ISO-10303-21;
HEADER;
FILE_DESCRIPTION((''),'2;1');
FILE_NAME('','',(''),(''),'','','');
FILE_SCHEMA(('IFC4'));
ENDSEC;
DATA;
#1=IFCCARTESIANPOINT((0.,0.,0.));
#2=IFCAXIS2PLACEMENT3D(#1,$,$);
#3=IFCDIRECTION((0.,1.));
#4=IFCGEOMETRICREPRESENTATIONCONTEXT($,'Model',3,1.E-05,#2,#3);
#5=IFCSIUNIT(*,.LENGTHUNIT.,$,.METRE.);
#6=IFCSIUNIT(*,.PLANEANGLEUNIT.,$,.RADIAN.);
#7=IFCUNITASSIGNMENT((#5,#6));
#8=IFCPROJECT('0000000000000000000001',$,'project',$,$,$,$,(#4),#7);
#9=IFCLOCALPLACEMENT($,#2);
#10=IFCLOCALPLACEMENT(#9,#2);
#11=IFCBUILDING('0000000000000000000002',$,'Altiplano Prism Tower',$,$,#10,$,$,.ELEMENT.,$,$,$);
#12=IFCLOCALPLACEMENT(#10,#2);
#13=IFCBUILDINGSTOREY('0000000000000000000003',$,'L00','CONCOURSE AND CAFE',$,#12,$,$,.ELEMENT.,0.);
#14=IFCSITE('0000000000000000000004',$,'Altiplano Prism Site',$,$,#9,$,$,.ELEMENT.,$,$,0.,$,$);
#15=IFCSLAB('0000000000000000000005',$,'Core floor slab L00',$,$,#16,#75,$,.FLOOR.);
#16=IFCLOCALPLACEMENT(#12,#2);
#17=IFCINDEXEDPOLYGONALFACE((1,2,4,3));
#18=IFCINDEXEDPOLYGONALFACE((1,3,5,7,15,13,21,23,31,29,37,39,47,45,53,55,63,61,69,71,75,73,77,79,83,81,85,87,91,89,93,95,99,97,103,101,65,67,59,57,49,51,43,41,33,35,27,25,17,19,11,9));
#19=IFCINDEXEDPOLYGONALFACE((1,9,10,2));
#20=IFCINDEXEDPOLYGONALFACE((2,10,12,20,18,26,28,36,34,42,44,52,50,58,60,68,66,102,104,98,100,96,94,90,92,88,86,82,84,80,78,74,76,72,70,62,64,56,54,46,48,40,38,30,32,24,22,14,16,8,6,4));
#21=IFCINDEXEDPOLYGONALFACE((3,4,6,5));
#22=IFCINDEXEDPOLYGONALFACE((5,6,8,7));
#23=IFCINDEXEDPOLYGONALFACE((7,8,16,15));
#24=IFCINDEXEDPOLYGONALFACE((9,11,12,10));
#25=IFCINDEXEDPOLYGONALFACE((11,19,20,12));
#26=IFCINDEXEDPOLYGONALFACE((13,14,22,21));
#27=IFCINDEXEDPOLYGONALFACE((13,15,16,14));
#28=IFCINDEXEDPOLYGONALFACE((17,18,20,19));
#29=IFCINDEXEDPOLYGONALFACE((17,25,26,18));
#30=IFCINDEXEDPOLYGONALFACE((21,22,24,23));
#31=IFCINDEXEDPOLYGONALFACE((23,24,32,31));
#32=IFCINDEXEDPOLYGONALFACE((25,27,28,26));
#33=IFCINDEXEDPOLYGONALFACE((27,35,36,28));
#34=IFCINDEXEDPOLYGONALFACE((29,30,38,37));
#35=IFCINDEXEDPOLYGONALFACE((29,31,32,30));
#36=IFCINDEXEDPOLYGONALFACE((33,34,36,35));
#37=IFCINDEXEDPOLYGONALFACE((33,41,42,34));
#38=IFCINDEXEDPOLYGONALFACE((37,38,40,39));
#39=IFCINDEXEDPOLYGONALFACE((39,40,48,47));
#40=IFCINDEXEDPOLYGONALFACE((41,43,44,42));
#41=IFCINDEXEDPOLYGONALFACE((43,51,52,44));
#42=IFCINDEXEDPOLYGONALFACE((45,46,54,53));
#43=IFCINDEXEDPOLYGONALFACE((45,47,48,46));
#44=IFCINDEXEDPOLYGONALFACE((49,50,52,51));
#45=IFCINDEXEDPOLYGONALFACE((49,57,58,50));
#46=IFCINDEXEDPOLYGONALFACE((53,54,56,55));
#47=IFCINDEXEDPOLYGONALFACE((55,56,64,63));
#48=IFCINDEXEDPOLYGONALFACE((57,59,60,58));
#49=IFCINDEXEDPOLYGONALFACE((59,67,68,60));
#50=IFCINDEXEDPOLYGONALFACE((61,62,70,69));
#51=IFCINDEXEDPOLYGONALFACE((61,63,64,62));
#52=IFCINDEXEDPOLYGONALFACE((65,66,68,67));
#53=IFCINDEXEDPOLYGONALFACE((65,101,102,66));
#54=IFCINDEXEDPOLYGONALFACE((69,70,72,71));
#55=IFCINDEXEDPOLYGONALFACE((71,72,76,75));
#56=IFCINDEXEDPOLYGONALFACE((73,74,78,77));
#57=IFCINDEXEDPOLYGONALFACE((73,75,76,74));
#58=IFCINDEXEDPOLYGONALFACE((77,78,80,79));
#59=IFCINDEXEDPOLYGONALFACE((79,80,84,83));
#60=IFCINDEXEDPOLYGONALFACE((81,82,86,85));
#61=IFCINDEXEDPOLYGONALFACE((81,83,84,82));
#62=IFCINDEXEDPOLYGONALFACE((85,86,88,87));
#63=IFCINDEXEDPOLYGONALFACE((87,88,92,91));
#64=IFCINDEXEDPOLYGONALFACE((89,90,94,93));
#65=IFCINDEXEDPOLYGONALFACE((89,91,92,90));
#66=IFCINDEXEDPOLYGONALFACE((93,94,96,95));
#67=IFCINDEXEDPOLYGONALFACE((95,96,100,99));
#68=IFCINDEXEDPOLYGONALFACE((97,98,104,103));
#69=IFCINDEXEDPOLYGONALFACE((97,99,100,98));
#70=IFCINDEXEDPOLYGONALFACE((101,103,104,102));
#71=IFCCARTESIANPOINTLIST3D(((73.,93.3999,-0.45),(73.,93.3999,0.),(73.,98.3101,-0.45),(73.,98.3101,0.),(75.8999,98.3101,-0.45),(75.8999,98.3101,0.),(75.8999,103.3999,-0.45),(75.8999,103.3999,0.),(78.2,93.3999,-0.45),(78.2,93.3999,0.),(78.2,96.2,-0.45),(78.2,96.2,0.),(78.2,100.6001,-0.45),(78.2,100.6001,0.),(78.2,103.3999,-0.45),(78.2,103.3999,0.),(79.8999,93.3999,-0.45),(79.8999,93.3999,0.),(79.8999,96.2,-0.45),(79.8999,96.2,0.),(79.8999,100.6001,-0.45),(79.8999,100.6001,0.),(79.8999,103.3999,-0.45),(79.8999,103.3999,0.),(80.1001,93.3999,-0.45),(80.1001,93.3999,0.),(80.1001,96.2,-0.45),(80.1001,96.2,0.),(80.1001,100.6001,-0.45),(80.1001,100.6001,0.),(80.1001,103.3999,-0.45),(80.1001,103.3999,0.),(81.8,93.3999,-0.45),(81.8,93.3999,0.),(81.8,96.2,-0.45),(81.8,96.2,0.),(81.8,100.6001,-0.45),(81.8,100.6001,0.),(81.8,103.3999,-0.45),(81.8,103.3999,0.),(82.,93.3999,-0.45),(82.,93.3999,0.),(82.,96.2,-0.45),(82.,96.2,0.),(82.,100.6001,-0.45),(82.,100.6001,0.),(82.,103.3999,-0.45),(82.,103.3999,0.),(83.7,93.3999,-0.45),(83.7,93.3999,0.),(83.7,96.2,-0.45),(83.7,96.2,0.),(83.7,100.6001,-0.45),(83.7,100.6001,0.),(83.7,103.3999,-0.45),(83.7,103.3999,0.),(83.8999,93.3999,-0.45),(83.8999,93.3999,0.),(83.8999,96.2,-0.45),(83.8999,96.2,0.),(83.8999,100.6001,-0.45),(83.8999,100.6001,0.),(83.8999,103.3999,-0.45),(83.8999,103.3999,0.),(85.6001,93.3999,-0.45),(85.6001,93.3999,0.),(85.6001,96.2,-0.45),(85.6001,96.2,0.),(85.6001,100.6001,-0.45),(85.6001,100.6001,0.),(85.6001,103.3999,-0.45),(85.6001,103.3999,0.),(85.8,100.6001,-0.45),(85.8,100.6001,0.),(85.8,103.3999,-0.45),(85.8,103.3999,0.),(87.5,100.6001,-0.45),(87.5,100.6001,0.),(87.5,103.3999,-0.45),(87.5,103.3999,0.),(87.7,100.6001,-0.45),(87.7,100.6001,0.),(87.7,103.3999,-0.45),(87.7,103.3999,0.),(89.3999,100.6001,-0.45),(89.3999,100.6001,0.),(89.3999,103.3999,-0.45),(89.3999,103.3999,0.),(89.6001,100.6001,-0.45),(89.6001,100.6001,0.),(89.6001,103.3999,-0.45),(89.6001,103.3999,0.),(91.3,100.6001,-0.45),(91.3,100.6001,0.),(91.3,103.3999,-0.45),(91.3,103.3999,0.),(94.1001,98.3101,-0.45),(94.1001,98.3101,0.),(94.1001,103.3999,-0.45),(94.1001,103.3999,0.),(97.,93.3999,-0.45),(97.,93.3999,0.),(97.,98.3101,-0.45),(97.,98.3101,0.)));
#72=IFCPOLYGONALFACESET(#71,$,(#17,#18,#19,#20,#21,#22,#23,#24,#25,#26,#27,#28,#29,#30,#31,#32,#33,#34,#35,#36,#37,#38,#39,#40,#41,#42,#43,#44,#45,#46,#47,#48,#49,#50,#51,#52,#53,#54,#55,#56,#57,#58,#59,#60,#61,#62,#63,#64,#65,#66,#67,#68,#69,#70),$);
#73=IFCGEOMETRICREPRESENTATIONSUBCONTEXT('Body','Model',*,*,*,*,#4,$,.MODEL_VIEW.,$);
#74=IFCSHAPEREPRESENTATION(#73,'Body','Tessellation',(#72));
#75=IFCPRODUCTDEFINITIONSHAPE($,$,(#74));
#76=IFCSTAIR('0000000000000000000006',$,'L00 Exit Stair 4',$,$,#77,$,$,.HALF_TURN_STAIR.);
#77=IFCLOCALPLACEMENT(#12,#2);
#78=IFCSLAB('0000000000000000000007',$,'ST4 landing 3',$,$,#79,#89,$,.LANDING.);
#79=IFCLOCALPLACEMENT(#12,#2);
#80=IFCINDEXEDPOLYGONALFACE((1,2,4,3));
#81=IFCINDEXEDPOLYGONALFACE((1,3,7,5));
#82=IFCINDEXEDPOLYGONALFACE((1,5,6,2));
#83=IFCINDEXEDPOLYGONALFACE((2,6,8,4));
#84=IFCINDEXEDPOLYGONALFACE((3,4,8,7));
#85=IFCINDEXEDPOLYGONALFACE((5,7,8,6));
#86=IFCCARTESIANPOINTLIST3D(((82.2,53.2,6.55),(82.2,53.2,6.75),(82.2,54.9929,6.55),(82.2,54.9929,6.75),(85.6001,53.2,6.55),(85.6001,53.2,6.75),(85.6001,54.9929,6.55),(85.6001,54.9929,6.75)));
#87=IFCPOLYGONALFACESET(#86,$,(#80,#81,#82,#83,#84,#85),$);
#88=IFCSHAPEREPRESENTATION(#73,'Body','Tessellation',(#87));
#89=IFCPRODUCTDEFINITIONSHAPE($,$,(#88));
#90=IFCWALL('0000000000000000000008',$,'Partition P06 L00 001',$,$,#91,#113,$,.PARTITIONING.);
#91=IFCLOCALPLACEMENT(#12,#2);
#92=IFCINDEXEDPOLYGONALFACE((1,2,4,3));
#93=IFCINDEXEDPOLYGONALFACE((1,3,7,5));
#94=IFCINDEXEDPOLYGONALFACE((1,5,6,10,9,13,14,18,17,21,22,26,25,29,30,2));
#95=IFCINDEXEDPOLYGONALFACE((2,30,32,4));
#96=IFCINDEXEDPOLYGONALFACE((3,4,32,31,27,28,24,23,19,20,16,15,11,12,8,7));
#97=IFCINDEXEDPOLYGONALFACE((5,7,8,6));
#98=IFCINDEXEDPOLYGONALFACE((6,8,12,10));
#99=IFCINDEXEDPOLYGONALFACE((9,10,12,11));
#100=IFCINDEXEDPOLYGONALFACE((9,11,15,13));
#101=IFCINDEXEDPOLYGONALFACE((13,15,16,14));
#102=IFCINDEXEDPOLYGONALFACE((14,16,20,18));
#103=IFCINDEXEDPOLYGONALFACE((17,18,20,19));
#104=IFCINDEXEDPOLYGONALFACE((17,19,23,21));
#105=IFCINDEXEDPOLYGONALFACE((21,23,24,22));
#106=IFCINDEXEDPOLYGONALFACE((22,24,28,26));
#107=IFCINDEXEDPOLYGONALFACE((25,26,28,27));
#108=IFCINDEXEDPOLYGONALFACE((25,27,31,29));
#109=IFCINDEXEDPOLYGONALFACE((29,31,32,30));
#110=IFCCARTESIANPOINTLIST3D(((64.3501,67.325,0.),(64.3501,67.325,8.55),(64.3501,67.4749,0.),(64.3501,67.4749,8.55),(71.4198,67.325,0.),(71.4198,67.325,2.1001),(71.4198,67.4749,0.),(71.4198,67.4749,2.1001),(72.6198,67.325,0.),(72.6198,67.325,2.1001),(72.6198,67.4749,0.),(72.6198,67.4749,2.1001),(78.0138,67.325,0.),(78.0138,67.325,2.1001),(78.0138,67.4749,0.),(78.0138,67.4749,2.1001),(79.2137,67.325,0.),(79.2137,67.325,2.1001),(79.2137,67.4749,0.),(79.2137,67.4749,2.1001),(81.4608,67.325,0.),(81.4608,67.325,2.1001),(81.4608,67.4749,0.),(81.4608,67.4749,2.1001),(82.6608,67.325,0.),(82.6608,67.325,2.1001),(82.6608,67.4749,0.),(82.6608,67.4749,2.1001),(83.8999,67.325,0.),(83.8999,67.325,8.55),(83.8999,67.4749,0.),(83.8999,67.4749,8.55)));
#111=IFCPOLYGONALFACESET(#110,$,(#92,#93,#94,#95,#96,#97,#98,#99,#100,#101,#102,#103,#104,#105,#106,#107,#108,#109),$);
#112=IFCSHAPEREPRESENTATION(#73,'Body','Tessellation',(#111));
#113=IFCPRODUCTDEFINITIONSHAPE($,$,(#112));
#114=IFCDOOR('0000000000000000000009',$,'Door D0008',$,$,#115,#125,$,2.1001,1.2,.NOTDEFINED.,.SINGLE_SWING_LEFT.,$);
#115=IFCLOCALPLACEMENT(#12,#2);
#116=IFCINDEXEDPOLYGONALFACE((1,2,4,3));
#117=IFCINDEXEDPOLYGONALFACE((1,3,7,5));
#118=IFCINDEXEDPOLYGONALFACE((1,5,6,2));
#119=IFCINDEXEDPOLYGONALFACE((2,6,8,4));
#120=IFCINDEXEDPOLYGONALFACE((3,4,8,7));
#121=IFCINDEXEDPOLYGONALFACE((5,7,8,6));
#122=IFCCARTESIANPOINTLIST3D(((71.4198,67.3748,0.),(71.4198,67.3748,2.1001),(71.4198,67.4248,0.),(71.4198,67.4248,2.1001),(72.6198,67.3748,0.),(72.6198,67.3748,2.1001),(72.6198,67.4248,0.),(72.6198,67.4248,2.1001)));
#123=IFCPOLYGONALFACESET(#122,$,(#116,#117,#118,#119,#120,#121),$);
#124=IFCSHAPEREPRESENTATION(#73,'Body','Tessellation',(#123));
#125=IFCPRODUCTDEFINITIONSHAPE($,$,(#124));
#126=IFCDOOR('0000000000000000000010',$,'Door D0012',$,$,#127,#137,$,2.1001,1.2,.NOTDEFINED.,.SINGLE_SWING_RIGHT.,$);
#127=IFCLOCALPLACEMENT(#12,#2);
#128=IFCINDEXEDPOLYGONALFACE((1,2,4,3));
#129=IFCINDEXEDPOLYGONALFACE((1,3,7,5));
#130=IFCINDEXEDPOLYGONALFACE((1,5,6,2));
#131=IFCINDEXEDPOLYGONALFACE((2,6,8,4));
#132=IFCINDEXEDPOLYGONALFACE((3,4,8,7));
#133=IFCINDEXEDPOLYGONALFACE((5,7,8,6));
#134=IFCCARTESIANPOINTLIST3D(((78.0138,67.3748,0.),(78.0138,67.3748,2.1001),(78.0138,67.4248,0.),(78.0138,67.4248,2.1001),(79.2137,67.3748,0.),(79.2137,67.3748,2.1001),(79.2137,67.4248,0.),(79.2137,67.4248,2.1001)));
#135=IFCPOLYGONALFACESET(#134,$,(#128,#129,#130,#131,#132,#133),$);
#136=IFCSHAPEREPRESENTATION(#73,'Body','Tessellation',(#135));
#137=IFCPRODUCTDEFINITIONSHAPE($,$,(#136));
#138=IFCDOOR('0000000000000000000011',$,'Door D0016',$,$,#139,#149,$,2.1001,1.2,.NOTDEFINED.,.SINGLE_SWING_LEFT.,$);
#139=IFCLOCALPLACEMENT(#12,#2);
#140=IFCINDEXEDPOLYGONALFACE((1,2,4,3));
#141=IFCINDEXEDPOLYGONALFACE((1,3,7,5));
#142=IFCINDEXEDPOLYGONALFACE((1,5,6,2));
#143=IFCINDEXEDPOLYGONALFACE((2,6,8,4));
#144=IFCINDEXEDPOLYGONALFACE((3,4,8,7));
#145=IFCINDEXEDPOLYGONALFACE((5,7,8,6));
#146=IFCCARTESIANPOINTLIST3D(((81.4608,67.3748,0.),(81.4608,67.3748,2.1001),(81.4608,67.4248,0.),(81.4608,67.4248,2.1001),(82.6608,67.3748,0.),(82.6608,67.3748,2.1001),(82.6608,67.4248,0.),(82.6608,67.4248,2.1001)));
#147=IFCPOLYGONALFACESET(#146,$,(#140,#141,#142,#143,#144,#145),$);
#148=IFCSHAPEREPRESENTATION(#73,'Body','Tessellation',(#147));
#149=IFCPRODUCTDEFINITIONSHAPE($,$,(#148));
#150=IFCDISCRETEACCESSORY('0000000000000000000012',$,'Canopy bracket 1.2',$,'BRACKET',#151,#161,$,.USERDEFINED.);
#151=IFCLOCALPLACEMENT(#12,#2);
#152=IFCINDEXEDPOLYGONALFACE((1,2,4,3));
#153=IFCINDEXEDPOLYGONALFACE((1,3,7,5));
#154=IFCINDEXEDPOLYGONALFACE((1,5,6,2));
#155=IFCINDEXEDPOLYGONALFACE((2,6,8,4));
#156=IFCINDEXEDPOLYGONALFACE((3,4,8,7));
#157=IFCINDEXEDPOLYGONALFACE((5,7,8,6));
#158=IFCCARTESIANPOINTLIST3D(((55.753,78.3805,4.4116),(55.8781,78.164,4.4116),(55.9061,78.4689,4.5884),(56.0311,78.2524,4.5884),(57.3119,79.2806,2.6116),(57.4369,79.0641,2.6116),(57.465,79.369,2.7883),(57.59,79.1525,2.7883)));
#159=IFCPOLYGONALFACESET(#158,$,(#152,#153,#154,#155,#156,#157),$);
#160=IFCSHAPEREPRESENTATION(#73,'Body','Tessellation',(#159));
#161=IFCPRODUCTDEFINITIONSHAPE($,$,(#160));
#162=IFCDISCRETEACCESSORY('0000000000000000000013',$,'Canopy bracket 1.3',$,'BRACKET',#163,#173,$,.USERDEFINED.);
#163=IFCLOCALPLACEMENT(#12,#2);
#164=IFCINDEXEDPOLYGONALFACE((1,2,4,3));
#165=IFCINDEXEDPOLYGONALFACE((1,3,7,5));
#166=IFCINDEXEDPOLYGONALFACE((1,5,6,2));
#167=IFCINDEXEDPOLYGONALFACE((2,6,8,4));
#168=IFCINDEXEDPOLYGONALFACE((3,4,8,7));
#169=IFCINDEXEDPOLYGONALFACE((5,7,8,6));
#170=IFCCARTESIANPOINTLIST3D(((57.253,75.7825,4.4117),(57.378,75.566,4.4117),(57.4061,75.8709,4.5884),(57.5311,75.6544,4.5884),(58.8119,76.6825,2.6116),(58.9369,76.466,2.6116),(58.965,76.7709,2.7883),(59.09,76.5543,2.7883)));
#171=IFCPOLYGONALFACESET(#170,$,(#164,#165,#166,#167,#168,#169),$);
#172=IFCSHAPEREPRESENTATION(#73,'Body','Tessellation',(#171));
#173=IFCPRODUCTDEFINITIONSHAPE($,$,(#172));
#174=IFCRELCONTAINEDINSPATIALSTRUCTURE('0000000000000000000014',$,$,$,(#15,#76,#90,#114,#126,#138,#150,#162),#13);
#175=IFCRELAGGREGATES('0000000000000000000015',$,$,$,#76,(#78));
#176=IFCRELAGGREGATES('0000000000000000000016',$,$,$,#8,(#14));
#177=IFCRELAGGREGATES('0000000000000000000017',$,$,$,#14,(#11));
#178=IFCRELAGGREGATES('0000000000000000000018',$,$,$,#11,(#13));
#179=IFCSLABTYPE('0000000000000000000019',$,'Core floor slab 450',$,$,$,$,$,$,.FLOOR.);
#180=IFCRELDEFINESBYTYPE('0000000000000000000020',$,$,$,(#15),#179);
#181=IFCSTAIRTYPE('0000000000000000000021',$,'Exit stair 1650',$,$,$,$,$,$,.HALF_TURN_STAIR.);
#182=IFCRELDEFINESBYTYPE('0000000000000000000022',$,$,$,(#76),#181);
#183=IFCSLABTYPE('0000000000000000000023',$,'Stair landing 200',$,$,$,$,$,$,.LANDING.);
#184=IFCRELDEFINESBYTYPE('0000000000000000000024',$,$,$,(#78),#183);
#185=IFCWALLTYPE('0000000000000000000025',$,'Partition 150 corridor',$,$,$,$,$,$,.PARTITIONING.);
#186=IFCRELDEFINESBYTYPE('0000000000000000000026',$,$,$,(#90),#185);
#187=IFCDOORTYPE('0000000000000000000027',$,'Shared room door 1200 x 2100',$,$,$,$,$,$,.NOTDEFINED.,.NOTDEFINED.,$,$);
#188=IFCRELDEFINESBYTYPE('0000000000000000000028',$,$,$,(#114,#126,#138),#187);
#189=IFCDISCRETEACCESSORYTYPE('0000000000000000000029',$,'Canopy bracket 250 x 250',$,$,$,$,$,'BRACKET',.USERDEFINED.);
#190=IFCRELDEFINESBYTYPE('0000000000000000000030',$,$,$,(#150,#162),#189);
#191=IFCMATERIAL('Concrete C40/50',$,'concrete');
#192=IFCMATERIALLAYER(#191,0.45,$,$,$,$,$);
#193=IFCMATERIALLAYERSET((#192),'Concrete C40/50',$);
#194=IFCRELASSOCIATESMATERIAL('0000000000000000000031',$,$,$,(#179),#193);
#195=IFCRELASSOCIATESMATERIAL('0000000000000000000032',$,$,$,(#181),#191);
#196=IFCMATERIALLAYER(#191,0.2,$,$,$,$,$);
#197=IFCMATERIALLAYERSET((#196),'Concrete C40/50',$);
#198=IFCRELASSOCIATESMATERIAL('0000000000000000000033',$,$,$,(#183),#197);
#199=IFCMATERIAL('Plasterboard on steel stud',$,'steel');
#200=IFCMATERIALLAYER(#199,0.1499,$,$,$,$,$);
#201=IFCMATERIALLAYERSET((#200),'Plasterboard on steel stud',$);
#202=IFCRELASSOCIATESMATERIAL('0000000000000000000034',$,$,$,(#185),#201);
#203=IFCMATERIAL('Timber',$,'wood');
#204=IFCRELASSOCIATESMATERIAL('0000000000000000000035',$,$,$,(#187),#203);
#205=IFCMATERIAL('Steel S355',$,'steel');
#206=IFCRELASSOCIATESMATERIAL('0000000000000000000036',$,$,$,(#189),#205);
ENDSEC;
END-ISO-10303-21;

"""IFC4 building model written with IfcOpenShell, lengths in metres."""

from ifc_helpers import new_model, si_unit, direction, frame, frame_2d, origin, origin_2d, place, context, subcontext, project, spatial, polyline, rectangle, outline, extrude, material, layer, layer_set, material_profile, profile_set, type_object, element, fill, aggregate, save


model = new_model("IFC4")

# Units and contexts
model_context = context("Model", 3, precision=1e-05, world=origin(), true_north=direction((0.0, 1.0)))
body_context = subcontext(model_context, "Body", "Model", "MODEL_VIEW")
ifc_project = project(units=[si_unit("LENGTHUNIT", "METRE"), si_unit("PLANEANGLEUNIT", "RADIAN")], contexts=[model_context])

# Site, building, storey
site_placement = place(None, origin())
site = spatial("IfcSite", under=ifc_project, at=site_placement, Name="Altiplano Prism Site", CompositionType="ELEMENT", RefElevation=0.0)
building_placement = place(site_placement, origin())
building = spatial("IfcBuilding", under=site, at=building_placement, Name="Altiplano Prism Tower", CompositionType="ELEMENT")
storey_placement = place(building_placement, origin())
storey = spatial("IfcBuildingStorey", under=building, at=storey_placement, Name="L00", Description="CONCOURSE AND CAFE", CompositionType="ELEMENT", Elevation=0.0)

# Slab
ifc_material_1 = material(Name="Concrete C40/50", Category="concrete")
ifc_layer_1 = layer(ifc_material_1, 0.45)
ifc_layer_set_1 = layer_set([ifc_layer_1], Name="Concrete C40/50")
slab_type_1 = type_object("IfcSlabType", Name="Core floor slab 450", PredefinedType="FLOOR", material=ifc_layer_set_1)
slab_1_placement = place(storey_placement, frame((0.0, 0.0, -0.45)))
element("IfcSlab", 1, at=slab_1_placement, inside=storey, type_object=slab_type_1, Name="Core floor slab L00", PredefinedType="FLOOR", context=body_context, shape_type="SweptSolid", body=[
    extrude(outline(polyline([(97.0, 98.3101), (94.1001, 98.3101), (94.1001, 103.3999), (91.3, 103.3999), (91.3, 100.6001), (89.6001, 100.6001), (89.6001, 103.3999), (89.3999, 103.3999), (89.3999, 100.6001), (87.7, 100.6001), (87.7, 103.3999), (87.5, 103.3999), (87.5, 100.6001), (85.8, 100.6001), (85.8, 103.3999), (85.6001, 103.3999), (85.6001, 100.6001), (83.8999, 100.6001), (83.8999, 103.3999), (83.7, 103.3999), (83.7, 100.6001), (82.0, 100.6001), (82.0, 103.3999), (81.8, 103.3999), (81.8, 100.6001), (80.1001, 100.6001), (80.1001, 103.3999), (79.8999, 103.3999), (79.8999, 100.6001), (78.2, 100.6001), (78.2, 103.3999), (75.8999, 103.3999), (75.8999, 98.3101), (73.0, 98.3101), (73.0, 93.3999), (78.2, 93.3999), (78.2, 96.2), (79.8999, 96.2), (79.8999, 93.3999), (80.1001, 93.3999), (80.1001, 96.2), (81.8, 96.2), (81.8, 93.3999), (82.0, 93.3999), (82.0, 96.2), (83.7, 96.2), (83.7, 93.3999), (83.8999, 93.3999), (83.8999, 96.2), (85.6001, 96.2), (85.6001, 93.3999), (97.0, 93.3999), (97.0, 98.3101)])), origin(), (0.0, 0.0, 1.0), 0.45),
])

# Stair, slab
stair_type = type_object("IfcStairType", Name="Exit stair 1650", PredefinedType="HALF_TURN_STAIR", material=ifc_material_1)
stair_placement = place(storey_placement, origin())
stair = element("IfcStair", 2, at=stair_placement, inside=storey, type_object=stair_type, Name="L00 Exit Stair 4", PredefinedType="HALF_TURN_STAIR")
ifc_layer_2 = layer(ifc_material_1, 0.2)
ifc_layer_set_2 = layer_set([ifc_layer_2], Name="Concrete C40/50")
slab_type_2 = type_object("IfcSlabType", Name="Stair landing 200", PredefinedType="LANDING", material=ifc_layer_set_2)
slab_2_placement = place(storey_placement, frame((0.0, 0.0, 6.55)))
slab_2 = element("IfcSlab", 3, at=slab_2_placement, type_object=slab_type_2, Name="ST4 landing 3", PredefinedType="LANDING", context=body_context, shape_type="SweptSolid", body=[
    extrude(outline(polyline([(82.2, 54.9929), (82.2, 53.2), (85.6001, 53.2), (85.6001, 54.9929), (82.2, 54.9929)])), origin(), (0.0, 0.0, 1.0), 0.2),
])
aggregate(stair, [slab_2])

# Wall, openings, doors
ifc_material_2 = material(Name="Plasterboard on steel stud", Category="steel")
ifc_layer_3 = layer(ifc_material_2, 0.1499)
ifc_layer_set_3 = layer_set([ifc_layer_3], Name="Plasterboard on steel stud")
wall_type_1 = type_object("IfcWallType", Name="Partition 150 corridor", PredefinedType="PARTITIONING", material=ifc_layer_set_3)
wall_1_placement = place(storey_placement, frame((64.3501, 67.3999, 0.0), z_axis=(0.0, 0.0, 1.0), x_axis=(1.0, 0.0, 0.0)))
wall_1 = element("IfcWall", 4, at=wall_1_placement, inside=storey, type_object=wall_type_1, Name="Partition P06 L00 001", PredefinedType="PARTITIONING", context=body_context, shape_type="SweptSolid", body=[
    extrude(rectangle(XDim=19.5498, YDim=0.1499, at=frame_2d((9.7749, 0.0))), origin(), (0.0, 0.0, 1.0), 8.55),
])
opening_1_placement = place(wall_1_placement, frame((7.0696, 0.0, 0.0)))
opening_1 = element("IfcOpeningElement", 5, at=opening_1_placement, cuts=wall_1, PredefinedType="OPENING", context=body_context, shape_type="SweptSolid", body=[
    extrude(rectangle(XDim=1.2, YDim=2.1001, at=frame_2d((0.6001, 1.05))), frame((0.0, 0.0854, 0.0), z_axis=(0.0, -1.0, 0.0), x_axis=(1.0, 0.0, 0.0)), (0.0, 0.0, 1.0), 0.1709),
])
opening_2_placement = place(wall_1_placement, frame((13.6636, 0.0, 0.0)))
opening_2 = element("IfcOpeningElement", 6, at=opening_2_placement, cuts=wall_1, PredefinedType="OPENING", context=body_context, shape_type="SweptSolid", body=[
    extrude(rectangle(XDim=1.2, YDim=2.1001, at=frame_2d((0.6001, 1.05))), frame((0.0, 0.0854, 0.0), z_axis=(0.0, -1.0, 0.0), x_axis=(1.0, 0.0, 0.0)), (0.0, 0.0, 1.0), 0.1709),
])
opening_3_placement = place(wall_1_placement, frame((17.1106, 0.0, 0.0)))
opening_3 = element("IfcOpeningElement", 7, at=opening_3_placement, cuts=wall_1, PredefinedType="OPENING", context=body_context, shape_type="SweptSolid", body=[
    extrude(rectangle(XDim=1.2, YDim=2.1001, at=frame_2d((0.6001, 1.05))), frame((0.0, 0.0854, 0.0), z_axis=(0.0, -1.0, 0.0), x_axis=(1.0, 0.0, 0.0)), (0.0, 0.0, 1.0), 0.1709),
])
ifc_material_3 = material(Name="Timber", Category="wood")
door_type_1 = type_object("IfcDoorType", Name="Shared room door 1200 x 2100", OperationType="NOTDEFINED", PredefinedType="NOTDEFINED", material=ifc_material_3)
door_1_placement = place(opening_1_placement, origin())
door_1 = element("IfcDoor", 8, at=door_1_placement, inside=storey, type_object=door_type_1, Name="Door D0008", OperationType="SINGLE_SWING_LEFT", OverallHeight=2.1001, OverallWidth=1.2, PredefinedType="NOTDEFINED", context=body_context, shape_type="SweptSolid", body=[
    extrude(rectangle(XDim=1.2, YDim=2.1001, at=frame_2d((0.6001, 1.05))), frame((0.0, 0.0249, 0.0), z_axis=(0.0, -1.0, 0.0), x_axis=(1.0, 0.0, 0.0)), (0.0, 0.0, 1.0), 0.05),
])
fill(opening_1, door_1)
door_2_placement = place(opening_2_placement, origin())
door_2 = element("IfcDoor", 9, at=door_2_placement, inside=storey, type_object=door_type_1, Name="Door D0012", OperationType="SINGLE_SWING_RIGHT", OverallHeight=2.1001, OverallWidth=1.2, PredefinedType="NOTDEFINED", context=body_context, shape_type="SweptSolid", body=[
    extrude(rectangle(XDim=1.2, YDim=2.1001, at=frame_2d((0.6001, 1.05))), frame((0.0, 0.0249, 0.0), z_axis=(0.0, -1.0, 0.0), x_axis=(1.0, 0.0, 0.0)), (0.0, 0.0, 1.0), 0.05),
])
fill(opening_2, door_2)
door_3_placement = place(opening_3_placement, origin())
door_3 = element("IfcDoor", 10, at=door_3_placement, inside=storey, type_object=door_type_1, Name="Door D0016", OperationType="SINGLE_SWING_LEFT", OverallHeight=2.1001, OverallWidth=1.2, PredefinedType="NOTDEFINED", context=body_context, shape_type="SweptSolid", body=[
    extrude(rectangle(XDim=1.2, YDim=2.1001, at=frame_2d((0.6001, 1.05))), frame((0.0, 0.0249, 0.0), z_axis=(0.0, -1.0, 0.0), x_axis=(1.0, 0.0, 0.0)), (0.0, 0.0, 1.0), 0.05),
])
fill(opening_3, door_3)

# Discrete accessories
ifc_material_4 = material(Name="Steel S355", Category="steel")
ifc_material_profile_1 = material_profile(ifc_material_4, rectangle(XDim=0.25, YDim=0.25, at=origin_2d()), Name="Canopy bracket 250 x 250")
ifc_profile_set_1 = profile_set([ifc_material_profile_1], Name="Steel S355")
discrete_accessory_type = type_object("IfcDiscreteAccessoryType", Name="Canopy bracket 250 x 250", ElementType="BRACKET", PredefinedType="USERDEFINED", material=ifc_profile_set_1)
for number, where, z_axis, x_axis, name in (
    (11, (57.4509, 79.2166, 2.7), (-0.61235, -0.3536, 0.707103), (0.500063, -0.865989, 0.0), "Canopy bracket 1.2"),
    (12, (58.9509, 76.6184, 2.7), (-0.612371, -0.353516, 0.707127), (0.499961, -0.866048, 0.0), "Canopy bracket 1.3"),
):
    element("IfcDiscreteAccessory", number, at=place(storey_placement, frame(where, z_axis=z_axis, x_axis=x_axis)), inside=storey, type_object=discrete_accessory_type, Name=name, ObjectType="BRACKET", PredefinedType="USERDEFINED", context=body_context, shape_type="SweptSolid", body=[
        extrude(rectangle(XDim=0.25, YDim=0.25, at=origin_2d()), origin(), (0.0, 0.0, 1.0), 2.5457),
    ])

save(model, "model.ifc")
